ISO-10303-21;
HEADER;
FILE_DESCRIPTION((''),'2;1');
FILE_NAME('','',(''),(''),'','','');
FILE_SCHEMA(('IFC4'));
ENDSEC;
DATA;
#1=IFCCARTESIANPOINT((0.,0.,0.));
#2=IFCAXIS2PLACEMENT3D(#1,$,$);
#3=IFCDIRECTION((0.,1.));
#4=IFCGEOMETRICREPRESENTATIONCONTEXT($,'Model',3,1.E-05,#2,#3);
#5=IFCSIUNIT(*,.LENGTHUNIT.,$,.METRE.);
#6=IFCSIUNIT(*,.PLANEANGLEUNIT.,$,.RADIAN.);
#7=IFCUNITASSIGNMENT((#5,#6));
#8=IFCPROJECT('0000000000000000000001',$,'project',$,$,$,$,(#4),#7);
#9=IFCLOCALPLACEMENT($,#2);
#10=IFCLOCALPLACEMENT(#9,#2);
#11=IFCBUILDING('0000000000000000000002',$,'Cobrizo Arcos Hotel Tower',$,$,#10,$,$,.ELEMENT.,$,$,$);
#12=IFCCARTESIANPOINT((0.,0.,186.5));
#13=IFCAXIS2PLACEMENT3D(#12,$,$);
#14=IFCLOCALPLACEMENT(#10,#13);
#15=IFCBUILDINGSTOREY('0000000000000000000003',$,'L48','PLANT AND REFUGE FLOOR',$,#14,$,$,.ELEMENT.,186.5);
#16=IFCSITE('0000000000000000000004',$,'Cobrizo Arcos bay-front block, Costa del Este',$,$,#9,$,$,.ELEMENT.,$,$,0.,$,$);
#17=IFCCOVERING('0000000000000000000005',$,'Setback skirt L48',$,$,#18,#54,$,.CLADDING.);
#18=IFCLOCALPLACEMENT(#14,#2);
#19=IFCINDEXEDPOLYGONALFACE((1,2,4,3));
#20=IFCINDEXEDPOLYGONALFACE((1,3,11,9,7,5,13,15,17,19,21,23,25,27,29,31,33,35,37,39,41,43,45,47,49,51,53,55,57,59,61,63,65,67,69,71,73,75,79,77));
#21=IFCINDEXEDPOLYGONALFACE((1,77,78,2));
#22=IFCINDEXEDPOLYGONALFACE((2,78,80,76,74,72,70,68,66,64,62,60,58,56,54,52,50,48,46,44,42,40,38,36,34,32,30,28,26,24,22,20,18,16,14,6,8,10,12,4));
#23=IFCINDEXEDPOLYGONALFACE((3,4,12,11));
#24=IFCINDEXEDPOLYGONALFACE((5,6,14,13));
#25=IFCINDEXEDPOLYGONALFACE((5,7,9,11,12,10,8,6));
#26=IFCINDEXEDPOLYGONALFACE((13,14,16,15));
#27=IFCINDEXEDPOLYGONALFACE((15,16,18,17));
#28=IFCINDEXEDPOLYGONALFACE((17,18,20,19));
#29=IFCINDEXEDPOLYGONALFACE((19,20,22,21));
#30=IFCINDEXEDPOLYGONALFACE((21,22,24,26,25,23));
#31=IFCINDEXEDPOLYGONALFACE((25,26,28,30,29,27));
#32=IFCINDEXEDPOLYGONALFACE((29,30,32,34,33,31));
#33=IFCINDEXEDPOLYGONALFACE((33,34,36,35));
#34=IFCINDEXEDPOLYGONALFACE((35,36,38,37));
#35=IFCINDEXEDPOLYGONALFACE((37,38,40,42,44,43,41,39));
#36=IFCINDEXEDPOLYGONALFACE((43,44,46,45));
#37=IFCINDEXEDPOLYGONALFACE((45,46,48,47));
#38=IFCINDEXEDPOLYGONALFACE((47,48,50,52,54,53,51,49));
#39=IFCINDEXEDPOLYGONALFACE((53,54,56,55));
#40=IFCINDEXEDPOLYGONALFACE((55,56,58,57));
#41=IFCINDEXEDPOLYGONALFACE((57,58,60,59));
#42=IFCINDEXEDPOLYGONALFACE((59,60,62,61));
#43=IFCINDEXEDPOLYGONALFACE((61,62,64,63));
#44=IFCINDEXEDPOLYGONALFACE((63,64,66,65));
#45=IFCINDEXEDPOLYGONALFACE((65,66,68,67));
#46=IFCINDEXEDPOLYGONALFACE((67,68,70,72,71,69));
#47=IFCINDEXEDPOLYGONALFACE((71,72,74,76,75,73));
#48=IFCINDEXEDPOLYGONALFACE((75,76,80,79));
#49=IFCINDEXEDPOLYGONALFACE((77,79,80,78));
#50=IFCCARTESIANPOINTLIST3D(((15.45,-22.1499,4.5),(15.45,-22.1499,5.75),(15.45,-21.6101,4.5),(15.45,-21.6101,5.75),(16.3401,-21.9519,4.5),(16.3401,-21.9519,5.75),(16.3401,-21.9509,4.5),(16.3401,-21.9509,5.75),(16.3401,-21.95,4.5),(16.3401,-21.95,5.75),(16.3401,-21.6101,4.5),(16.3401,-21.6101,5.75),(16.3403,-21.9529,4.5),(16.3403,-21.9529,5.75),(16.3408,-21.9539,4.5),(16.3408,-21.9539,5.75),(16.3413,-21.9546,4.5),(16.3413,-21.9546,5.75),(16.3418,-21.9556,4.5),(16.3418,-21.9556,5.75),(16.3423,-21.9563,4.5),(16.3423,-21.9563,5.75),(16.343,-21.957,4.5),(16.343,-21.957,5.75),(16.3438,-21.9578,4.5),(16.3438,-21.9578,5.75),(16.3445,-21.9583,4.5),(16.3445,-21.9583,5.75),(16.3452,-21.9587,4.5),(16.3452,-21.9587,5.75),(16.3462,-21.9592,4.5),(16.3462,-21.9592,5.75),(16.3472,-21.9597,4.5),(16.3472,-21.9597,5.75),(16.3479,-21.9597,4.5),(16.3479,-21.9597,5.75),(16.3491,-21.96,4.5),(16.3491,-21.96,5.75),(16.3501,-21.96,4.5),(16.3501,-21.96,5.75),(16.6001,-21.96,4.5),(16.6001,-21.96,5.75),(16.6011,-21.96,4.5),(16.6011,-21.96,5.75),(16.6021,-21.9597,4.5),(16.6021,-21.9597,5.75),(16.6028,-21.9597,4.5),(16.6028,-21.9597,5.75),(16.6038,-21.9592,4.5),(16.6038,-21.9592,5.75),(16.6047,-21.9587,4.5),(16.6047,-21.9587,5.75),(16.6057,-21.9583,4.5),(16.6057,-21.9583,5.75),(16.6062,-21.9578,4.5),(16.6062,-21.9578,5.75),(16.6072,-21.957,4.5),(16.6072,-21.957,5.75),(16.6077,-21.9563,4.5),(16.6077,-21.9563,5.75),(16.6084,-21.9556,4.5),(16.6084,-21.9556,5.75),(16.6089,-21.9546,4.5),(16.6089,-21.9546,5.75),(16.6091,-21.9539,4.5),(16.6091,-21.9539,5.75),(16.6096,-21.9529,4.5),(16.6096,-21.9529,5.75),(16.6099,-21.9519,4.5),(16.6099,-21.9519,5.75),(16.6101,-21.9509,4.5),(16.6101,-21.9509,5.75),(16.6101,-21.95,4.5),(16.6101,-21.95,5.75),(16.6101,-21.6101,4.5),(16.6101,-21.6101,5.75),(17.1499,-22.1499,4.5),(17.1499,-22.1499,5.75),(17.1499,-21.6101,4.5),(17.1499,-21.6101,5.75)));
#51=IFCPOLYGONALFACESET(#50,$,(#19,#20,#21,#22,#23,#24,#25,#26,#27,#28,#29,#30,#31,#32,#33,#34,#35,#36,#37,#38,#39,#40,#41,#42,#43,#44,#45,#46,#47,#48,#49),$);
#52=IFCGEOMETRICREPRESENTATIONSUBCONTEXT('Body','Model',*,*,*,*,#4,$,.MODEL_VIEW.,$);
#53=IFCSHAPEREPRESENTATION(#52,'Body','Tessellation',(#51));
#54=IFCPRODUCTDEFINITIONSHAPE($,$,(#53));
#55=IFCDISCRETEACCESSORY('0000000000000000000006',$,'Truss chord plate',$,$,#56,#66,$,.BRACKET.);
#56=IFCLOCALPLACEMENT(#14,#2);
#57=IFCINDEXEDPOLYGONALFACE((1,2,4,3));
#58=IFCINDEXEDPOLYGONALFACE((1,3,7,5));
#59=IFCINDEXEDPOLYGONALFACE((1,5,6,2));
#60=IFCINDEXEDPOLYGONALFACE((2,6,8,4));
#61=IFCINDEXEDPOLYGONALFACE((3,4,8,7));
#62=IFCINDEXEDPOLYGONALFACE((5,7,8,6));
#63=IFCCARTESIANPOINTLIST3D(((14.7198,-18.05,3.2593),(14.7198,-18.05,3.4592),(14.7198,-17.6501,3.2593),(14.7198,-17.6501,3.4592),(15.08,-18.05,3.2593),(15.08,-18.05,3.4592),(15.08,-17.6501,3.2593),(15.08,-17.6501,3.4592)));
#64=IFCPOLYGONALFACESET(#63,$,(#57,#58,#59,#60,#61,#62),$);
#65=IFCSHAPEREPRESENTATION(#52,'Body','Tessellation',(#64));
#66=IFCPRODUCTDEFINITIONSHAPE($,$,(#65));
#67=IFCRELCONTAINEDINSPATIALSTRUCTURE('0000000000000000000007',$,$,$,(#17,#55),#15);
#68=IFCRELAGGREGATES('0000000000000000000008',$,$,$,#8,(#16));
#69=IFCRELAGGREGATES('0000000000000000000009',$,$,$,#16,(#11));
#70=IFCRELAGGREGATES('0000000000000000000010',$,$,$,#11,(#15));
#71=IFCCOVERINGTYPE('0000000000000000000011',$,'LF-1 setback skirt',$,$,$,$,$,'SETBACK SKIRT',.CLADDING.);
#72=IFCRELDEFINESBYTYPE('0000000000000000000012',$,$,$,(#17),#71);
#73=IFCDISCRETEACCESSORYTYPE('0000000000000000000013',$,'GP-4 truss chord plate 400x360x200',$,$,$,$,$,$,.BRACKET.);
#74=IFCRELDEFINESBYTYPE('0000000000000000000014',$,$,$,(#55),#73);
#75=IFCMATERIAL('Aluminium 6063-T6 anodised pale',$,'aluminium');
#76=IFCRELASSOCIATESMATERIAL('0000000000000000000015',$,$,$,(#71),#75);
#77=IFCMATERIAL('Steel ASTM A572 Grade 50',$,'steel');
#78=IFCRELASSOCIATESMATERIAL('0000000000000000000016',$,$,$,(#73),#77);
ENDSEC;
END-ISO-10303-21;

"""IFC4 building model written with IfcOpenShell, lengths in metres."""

from ifc_helpers import new_model, si_unit, direction, frame, origin, origin_2d, place, context, subcontext, project, spatial, polyline, rectangle, outline, extrude, material, type_object, element, save


model = new_model("IFC4")

# Units and contexts
model_context = context("Model", 3, precision=1e-05, world=origin(), true_north=direction((0.0, 1.0)))
body_context = subcontext(model_context, "Body", "Model", "MODEL_VIEW")
ifc_project = project(units=[si_unit("LENGTHUNIT", "METRE"), si_unit("PLANEANGLEUNIT", "RADIAN")], contexts=[model_context])

# Site, building, storey
site_placement = place(None, origin())
site = spatial("IfcSite", under=ifc_project, at=site_placement, Name="Cobrizo Arcos bay-front block, Costa del Este", CompositionType="ELEMENT", RefElevation=0.0)
building_placement = place(site_placement, origin())
building = spatial("IfcBuilding", under=site, at=building_placement, Name="Cobrizo Arcos Hotel Tower", CompositionType="ELEMENT")
storey_placement = place(building_placement, frame((0.0, 0.0, 186.5)))
storey = spatial("IfcBuildingStorey", under=building, at=storey_placement, Name="L48", Description="PLANT AND REFUGE FLOOR", CompositionType="ELEMENT", Elevation=186.5)

# Covering
ifc_material_1 = material(Name="Aluminium 6063-T6 anodised pale", Category="aluminium")
covering_type = type_object("IfcCoveringType", Name="LF-1 setback skirt", ElementType="SETBACK SKIRT", PredefinedType="CLADDING", material=ifc_material_1)
covering_placement = place(storey_placement, frame((0.0, 0.0, 4.5)))
element("IfcCovering", 1, at=covering_placement, inside=storey, type_object=covering_type, Name="Setback skirt L48", PredefinedType="CLADDING", context=body_context, shape_type="SweptSolid", body=[
    extrude(outline(polyline([(15.45, -21.6101), (15.45, -22.1499), (17.1499, -22.1499), (17.1499, -21.6101), (16.6101, -21.6101), (16.6101, -21.95), (16.6101, -21.9509), (16.6099, -21.9519), (16.6096, -21.9529), (16.6091, -21.9539), (16.6089, -21.9546), (16.6084, -21.9556), (16.6077, -21.9563), (16.6072, -21.957), (16.6062, -21.9578), (16.6057, -21.9583), (16.6047, -21.9587), (16.6038, -21.9592), (16.6028, -21.9597), (16.6021, -21.9597), (16.6011, -21.96), (16.6001, -21.96), (16.3501, -21.96), (16.3491, -21.96), (16.3479, -21.9597), (16.3472, -21.9597), (16.3462, -21.9592), (16.3452, -21.9587), (16.3445, -21.9583), (16.3438, -21.9578), (16.343, -21.957), (16.3423, -21.9563), (16.3418, -21.9556), (16.3413, -21.9546), (16.3408, -21.9539), (16.3403, -21.9529), (16.3401, -21.9519), (16.3401, -21.9509), (16.3401, -21.95), (16.3401, -21.6101), (15.45, -21.6101)])), origin(), (0.0, 0.0, 1.0), 1.25),
])

# Discrete accessory
ifc_material_2 = material(Name="Steel ASTM A572 Grade 50", Category="steel")
discrete_accessory_type = type_object("IfcDiscreteAccessoryType", Name="GP-4 truss chord plate 400x360x200", PredefinedType="BRACKET", material=ifc_material_2)
discrete_accessory_placement = place(storey_placement, frame((14.8999, -17.8501, 3.2593), z_axis=(0.0, 0.0, 1.0), x_axis=(0.0, 1.0, 0.0)))
element("IfcDiscreteAccessory", 2, at=discrete_accessory_placement, inside=storey, type_object=discrete_accessory_type, Name="Truss chord plate", PredefinedType="BRACKET", context=body_context, shape_type="SweptSolid", body=[
    extrude(rectangle(XDim=0.3999, YDim=0.3601, at=origin_2d()), origin(), (0.0, 0.0, 1.0), 0.2),
])

save(model, "model.ifc")
